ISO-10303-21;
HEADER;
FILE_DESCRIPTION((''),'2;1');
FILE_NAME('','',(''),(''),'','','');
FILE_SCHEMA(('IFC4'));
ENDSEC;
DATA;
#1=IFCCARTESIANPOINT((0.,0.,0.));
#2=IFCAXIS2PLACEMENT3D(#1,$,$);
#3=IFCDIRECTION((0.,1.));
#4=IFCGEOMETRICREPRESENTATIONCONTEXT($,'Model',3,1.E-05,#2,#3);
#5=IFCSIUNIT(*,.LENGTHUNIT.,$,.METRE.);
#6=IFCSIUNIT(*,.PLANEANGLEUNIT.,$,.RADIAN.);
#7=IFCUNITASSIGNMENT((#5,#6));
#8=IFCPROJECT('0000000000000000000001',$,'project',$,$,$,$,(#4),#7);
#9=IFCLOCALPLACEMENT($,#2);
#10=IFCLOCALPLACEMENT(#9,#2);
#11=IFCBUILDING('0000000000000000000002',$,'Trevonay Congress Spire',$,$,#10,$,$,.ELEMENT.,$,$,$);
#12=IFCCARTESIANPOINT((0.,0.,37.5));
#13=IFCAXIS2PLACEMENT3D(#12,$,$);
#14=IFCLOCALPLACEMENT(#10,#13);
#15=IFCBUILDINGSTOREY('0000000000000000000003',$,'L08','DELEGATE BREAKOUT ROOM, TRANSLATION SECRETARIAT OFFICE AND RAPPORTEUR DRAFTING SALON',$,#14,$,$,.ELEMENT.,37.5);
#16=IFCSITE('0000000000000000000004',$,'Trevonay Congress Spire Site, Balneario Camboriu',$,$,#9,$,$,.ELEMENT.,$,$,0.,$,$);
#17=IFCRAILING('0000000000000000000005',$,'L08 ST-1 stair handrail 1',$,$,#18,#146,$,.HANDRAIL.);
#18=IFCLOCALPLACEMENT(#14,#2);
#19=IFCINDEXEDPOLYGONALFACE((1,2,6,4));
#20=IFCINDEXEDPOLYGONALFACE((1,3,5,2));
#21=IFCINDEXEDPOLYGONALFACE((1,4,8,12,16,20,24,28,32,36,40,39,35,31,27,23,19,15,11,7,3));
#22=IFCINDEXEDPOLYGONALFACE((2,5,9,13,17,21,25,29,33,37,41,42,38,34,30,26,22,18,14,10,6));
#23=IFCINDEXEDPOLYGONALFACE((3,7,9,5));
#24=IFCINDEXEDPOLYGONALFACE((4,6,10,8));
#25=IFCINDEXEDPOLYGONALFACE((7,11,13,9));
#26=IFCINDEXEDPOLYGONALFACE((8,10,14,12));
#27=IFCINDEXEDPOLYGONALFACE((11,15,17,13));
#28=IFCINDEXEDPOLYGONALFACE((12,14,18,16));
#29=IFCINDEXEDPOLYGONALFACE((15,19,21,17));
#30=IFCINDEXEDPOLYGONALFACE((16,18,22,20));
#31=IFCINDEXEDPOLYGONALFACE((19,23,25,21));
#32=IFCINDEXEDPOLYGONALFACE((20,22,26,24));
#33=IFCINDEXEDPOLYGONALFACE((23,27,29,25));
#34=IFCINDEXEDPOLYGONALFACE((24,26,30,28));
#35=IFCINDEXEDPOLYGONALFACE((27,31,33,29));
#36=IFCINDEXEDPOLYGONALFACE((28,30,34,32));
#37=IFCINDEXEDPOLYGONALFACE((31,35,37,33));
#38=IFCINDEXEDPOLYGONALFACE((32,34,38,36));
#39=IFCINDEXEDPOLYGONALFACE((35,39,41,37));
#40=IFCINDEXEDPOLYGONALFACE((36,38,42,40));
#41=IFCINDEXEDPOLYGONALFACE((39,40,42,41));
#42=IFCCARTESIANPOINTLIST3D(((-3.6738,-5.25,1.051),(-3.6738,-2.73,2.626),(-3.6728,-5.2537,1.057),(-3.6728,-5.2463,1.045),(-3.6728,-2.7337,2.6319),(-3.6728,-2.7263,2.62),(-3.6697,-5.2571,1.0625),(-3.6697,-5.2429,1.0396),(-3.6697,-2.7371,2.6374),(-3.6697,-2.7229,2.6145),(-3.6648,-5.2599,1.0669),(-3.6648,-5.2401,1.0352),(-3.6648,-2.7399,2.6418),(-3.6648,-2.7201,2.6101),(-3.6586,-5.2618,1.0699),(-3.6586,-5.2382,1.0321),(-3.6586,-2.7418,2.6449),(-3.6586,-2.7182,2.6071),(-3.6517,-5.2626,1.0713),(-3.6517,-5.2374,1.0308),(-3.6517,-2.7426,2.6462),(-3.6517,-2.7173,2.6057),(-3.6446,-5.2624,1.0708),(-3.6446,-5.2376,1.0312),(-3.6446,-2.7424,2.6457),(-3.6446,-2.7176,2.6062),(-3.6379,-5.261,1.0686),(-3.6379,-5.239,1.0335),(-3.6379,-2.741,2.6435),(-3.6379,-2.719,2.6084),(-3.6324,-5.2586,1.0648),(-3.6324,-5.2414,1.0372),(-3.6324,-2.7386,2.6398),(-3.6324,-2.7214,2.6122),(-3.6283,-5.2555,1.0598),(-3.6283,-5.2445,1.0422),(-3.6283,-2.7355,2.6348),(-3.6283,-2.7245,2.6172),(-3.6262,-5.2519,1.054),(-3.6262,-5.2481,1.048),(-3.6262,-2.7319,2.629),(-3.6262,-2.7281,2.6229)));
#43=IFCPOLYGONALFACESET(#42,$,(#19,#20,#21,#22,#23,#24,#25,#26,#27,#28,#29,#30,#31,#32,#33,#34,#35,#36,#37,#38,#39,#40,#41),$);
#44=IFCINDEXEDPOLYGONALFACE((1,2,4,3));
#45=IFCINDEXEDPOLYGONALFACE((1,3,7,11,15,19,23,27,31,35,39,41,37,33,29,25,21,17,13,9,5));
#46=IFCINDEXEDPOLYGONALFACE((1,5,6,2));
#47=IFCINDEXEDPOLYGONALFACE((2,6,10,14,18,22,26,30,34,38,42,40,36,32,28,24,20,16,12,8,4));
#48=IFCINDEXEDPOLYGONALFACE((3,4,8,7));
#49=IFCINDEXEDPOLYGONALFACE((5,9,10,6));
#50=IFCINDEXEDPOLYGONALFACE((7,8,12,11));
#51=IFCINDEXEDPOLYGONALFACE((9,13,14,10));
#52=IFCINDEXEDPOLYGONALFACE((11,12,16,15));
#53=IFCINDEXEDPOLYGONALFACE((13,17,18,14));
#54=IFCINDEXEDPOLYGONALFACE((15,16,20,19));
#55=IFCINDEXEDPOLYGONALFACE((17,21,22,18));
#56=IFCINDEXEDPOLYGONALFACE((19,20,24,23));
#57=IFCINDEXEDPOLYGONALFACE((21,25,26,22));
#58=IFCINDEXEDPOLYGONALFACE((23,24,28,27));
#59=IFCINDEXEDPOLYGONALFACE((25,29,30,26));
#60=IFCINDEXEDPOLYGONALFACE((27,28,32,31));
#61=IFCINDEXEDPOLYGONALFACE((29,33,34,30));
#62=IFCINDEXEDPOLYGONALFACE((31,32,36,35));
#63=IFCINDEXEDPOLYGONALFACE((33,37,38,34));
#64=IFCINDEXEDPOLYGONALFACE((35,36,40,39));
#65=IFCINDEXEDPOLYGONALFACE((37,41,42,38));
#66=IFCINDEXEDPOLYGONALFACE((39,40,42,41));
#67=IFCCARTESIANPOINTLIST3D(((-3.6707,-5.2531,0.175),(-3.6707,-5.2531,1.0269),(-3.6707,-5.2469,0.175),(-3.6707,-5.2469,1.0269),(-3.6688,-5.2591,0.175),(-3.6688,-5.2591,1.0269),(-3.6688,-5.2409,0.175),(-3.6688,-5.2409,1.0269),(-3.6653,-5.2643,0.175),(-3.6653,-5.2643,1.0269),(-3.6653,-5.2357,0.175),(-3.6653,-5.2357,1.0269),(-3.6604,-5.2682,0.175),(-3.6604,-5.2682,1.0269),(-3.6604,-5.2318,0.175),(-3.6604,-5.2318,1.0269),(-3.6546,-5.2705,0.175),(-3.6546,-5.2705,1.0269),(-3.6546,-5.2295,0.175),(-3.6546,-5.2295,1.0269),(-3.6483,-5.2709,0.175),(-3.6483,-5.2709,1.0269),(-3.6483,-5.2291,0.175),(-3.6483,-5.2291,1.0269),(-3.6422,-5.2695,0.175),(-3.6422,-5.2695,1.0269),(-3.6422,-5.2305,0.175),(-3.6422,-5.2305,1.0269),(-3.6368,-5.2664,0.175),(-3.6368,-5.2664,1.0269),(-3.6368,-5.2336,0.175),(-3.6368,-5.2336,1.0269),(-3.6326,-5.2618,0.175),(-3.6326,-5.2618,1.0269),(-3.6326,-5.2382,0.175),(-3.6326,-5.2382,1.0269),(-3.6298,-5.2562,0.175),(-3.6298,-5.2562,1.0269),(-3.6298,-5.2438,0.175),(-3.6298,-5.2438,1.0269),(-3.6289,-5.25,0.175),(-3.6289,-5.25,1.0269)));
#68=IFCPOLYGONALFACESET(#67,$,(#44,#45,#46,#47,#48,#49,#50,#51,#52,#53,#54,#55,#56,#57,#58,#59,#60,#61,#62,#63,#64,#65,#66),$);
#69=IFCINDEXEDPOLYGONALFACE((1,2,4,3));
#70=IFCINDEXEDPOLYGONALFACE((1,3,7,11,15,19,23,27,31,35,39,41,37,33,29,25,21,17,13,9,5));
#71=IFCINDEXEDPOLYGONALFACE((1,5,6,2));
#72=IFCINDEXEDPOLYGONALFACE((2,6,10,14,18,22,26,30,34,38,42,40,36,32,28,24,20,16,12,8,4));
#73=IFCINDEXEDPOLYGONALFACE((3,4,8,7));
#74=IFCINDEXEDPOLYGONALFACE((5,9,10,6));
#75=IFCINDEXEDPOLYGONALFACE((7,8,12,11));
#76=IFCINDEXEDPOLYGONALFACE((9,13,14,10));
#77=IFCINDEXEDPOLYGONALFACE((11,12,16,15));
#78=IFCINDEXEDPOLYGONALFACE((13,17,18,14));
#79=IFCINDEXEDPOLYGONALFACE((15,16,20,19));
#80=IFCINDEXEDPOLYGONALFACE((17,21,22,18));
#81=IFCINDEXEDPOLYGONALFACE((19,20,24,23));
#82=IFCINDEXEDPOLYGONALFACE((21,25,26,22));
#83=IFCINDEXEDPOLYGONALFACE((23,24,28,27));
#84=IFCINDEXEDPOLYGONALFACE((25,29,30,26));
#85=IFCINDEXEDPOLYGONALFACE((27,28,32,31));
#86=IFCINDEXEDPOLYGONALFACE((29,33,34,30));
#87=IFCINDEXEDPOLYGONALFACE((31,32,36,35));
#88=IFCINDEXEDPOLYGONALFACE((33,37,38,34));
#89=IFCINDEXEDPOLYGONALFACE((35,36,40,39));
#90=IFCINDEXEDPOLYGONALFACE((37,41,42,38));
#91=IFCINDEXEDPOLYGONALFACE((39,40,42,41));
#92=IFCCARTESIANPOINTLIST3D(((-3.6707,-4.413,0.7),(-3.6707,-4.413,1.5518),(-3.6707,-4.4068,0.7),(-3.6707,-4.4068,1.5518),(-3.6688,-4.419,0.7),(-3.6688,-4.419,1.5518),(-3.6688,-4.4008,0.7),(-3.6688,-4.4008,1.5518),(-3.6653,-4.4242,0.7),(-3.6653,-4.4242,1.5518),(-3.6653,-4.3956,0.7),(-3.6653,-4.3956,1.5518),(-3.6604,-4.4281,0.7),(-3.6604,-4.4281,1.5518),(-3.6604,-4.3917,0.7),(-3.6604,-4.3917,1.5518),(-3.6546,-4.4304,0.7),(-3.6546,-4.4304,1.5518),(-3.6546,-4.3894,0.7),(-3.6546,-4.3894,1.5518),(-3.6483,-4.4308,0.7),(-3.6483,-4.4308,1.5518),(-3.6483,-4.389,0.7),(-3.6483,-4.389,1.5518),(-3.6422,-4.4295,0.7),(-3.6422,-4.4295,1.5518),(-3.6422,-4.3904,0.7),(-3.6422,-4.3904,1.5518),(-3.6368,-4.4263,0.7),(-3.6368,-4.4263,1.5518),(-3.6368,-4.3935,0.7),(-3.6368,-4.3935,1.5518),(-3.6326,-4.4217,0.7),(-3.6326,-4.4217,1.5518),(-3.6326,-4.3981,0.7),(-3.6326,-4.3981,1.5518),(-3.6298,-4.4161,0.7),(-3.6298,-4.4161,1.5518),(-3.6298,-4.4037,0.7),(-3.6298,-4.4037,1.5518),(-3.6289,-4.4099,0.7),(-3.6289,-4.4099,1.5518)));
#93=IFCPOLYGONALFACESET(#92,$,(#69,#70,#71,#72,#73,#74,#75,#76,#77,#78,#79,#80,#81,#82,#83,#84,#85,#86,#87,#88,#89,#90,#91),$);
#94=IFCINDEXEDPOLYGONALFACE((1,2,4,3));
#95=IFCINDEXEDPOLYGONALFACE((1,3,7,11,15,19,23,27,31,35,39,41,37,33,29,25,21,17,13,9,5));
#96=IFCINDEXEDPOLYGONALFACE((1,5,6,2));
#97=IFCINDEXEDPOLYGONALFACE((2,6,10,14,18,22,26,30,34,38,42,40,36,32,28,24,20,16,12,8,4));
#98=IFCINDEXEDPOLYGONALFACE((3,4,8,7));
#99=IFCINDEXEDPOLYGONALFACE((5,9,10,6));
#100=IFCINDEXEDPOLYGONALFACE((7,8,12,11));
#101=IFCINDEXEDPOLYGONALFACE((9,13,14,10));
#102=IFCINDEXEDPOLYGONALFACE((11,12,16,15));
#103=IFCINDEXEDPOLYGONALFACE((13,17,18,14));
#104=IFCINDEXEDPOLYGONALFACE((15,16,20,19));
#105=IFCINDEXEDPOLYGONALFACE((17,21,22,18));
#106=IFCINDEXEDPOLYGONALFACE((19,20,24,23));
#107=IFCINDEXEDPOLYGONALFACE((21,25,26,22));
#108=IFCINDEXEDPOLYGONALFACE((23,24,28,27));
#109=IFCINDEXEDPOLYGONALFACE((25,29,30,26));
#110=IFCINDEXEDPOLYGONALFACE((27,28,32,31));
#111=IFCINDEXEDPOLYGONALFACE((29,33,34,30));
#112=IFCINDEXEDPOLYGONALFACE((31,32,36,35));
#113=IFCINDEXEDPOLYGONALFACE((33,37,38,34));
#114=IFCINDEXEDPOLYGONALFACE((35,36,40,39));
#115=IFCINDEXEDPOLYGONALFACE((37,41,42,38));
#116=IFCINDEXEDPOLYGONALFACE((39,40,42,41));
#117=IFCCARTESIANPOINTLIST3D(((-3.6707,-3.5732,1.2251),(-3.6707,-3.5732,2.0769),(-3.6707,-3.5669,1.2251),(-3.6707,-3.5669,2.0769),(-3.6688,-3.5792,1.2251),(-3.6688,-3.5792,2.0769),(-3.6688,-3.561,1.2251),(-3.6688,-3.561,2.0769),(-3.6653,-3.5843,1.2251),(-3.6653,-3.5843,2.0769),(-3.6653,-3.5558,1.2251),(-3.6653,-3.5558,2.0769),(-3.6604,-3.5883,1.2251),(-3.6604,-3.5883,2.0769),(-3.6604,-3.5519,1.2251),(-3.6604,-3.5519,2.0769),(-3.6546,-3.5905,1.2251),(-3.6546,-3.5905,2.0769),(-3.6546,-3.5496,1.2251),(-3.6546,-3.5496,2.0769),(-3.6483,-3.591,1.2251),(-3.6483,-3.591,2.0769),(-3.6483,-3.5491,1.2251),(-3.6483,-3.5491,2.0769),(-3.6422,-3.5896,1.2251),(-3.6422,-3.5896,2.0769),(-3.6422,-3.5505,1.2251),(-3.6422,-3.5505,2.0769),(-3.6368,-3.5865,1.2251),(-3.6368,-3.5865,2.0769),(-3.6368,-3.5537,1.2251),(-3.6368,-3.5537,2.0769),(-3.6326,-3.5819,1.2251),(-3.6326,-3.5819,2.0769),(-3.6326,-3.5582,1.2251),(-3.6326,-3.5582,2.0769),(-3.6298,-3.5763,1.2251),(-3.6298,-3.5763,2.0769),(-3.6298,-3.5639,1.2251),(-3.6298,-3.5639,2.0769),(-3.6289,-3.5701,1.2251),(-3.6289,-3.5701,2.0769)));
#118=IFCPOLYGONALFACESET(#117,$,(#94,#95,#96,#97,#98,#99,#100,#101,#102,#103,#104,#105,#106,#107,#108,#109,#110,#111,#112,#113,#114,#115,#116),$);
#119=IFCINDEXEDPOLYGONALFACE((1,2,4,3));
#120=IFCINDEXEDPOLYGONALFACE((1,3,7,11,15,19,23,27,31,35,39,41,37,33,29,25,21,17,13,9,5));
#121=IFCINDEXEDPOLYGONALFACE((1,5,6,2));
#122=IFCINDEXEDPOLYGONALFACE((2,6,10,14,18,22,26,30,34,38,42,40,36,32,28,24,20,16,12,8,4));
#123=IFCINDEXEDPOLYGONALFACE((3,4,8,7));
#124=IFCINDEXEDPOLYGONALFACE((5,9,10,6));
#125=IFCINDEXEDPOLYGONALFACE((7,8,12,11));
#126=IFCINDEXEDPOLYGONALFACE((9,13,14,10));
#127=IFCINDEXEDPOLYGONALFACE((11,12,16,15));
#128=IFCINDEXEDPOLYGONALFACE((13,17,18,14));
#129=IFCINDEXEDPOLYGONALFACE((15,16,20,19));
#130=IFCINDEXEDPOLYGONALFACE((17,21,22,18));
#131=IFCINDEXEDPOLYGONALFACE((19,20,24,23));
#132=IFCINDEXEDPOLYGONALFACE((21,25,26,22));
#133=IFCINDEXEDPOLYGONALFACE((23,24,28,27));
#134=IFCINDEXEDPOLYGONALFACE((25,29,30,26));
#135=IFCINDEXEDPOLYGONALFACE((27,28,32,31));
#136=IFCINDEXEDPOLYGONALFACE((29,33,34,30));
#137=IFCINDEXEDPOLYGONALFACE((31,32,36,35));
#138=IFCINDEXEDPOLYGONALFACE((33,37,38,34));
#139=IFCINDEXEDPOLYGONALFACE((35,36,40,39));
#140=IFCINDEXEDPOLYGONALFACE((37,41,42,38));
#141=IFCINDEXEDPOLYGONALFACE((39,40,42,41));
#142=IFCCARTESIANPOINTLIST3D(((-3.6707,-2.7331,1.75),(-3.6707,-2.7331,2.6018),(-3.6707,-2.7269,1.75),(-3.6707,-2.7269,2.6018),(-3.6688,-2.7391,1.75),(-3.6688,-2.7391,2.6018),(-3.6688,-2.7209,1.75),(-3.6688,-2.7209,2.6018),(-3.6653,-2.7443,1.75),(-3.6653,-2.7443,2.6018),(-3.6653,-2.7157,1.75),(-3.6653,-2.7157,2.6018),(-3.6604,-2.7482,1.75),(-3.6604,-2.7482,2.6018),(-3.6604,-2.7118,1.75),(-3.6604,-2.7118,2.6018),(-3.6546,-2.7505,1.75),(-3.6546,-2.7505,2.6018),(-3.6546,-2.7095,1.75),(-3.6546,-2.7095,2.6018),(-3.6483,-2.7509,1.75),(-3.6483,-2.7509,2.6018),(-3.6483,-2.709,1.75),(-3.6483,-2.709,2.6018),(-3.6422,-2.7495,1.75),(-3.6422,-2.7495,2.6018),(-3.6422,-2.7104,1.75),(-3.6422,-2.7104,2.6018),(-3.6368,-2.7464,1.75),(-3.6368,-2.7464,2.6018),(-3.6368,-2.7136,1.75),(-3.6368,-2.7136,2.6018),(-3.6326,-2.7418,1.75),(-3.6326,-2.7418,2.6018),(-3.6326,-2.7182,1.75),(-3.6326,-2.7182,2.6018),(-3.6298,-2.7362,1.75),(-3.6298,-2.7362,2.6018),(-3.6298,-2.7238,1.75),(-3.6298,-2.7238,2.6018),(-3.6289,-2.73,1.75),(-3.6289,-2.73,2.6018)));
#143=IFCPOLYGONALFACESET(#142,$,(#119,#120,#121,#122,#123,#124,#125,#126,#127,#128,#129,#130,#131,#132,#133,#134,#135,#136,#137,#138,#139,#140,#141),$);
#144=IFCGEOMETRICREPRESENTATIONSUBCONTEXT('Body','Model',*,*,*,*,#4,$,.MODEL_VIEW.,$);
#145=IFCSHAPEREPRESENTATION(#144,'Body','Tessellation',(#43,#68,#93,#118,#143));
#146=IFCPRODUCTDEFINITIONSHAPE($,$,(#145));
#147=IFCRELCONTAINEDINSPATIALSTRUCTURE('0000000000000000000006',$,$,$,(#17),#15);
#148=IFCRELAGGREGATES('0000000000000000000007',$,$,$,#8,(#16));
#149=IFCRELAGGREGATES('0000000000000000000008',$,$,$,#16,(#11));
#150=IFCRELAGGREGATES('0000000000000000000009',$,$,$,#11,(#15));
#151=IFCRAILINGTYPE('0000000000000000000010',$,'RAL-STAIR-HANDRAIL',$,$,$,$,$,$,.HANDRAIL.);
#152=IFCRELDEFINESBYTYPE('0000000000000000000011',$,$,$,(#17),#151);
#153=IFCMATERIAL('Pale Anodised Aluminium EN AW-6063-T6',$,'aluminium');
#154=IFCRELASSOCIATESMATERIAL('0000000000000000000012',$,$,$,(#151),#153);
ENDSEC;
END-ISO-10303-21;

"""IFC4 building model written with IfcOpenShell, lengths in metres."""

from ifc_helpers import new_model, si_unit, direction, frame, origin, origin_2d, place, context, subcontext, project, spatial, circle, extrude, material, type_object, element, save


model = new_model("IFC4")

# Units and contexts
model_context = context("Model", 3, precision=1e-05, world=origin(), true_north=direction((0.0, 1.0)))
body_context = subcontext(model_context, "Body", "Model", "MODEL_VIEW")
ifc_project = project(units=[si_unit("LENGTHUNIT", "METRE"), si_unit("PLANEANGLEUNIT", "RADIAN")], contexts=[model_context])

# Site, building, storey
site_placement = place(None, origin())
site = spatial("IfcSite", under=ifc_project, at=site_placement, Name="Trevonay Congress Spire Site, Balneario Camboriu", CompositionType="ELEMENT", RefElevation=0.0)
building_placement = place(site_placement, origin())
building = spatial("IfcBuilding", under=site, at=building_placement, Name="Trevonay Congress Spire", CompositionType="ELEMENT")
storey_placement = place(building_placement, frame((0.0, 0.0, 37.5)))
storey = spatial("IfcBuildingStorey", under=building, at=storey_placement, Name="L08", Description="DELEGATE BREAKOUT ROOM, TRANSLATION SECRETARIAT OFFICE AND RAPPORTEUR DRAFTING SALON", CompositionType="ELEMENT", Elevation=37.5)

# Shared definitions
ifc_material_1 = material(Name="Pale Anodised Aluminium EN AW-6063-T6", Category="aluminium")

# Railing
railing_type_1 = type_object("IfcRailingType", Name="RAL-STAIR-HANDRAIL", PredefinedType="HANDRAIL", material=ifc_material_1)
railing_1_placement = place(storey_placement, frame((-3.6499, -5.25, 0.175)))
element("IfcRailing", 1, at=railing_1_placement, inside=storey, type_object=railing_type_1, Name="L08 ST-1 stair handrail 1", PredefinedType="HANDRAIL", context=body_context, shape_type="SweptSolid", body=[
    extrude(circle(Radius=0.0239, at=origin_2d()), frame((0.0, 0.0, 0.876), z_axis=(0.0, 0.848008, 0.529984), x_axis=(-1.0, 0.0, 0.0)), (0.0, 0.0, 1.0), 2.9717),
    extrude(circle(Radius=0.021, at=origin_2d()), origin(), (0.0, 0.0, 1.0), 0.8518),
    extrude(circle(Radius=0.021, at=origin_2d()), frame((0.0, 0.8401, 0.5249)), (0.0, 0.0, 1.0), 0.8518),
    extrude(circle(Radius=0.021, at=origin_2d()), frame((0.0, 1.6799, 1.05)), (0.0, 0.0, 1.0), 0.8518),
    extrude(circle(Radius=0.021, at=origin_2d()), frame((0.0, 2.52, 1.575)), (0.0, 0.0, 1.0), 0.8518),
])

save(model, "model.ifc")
